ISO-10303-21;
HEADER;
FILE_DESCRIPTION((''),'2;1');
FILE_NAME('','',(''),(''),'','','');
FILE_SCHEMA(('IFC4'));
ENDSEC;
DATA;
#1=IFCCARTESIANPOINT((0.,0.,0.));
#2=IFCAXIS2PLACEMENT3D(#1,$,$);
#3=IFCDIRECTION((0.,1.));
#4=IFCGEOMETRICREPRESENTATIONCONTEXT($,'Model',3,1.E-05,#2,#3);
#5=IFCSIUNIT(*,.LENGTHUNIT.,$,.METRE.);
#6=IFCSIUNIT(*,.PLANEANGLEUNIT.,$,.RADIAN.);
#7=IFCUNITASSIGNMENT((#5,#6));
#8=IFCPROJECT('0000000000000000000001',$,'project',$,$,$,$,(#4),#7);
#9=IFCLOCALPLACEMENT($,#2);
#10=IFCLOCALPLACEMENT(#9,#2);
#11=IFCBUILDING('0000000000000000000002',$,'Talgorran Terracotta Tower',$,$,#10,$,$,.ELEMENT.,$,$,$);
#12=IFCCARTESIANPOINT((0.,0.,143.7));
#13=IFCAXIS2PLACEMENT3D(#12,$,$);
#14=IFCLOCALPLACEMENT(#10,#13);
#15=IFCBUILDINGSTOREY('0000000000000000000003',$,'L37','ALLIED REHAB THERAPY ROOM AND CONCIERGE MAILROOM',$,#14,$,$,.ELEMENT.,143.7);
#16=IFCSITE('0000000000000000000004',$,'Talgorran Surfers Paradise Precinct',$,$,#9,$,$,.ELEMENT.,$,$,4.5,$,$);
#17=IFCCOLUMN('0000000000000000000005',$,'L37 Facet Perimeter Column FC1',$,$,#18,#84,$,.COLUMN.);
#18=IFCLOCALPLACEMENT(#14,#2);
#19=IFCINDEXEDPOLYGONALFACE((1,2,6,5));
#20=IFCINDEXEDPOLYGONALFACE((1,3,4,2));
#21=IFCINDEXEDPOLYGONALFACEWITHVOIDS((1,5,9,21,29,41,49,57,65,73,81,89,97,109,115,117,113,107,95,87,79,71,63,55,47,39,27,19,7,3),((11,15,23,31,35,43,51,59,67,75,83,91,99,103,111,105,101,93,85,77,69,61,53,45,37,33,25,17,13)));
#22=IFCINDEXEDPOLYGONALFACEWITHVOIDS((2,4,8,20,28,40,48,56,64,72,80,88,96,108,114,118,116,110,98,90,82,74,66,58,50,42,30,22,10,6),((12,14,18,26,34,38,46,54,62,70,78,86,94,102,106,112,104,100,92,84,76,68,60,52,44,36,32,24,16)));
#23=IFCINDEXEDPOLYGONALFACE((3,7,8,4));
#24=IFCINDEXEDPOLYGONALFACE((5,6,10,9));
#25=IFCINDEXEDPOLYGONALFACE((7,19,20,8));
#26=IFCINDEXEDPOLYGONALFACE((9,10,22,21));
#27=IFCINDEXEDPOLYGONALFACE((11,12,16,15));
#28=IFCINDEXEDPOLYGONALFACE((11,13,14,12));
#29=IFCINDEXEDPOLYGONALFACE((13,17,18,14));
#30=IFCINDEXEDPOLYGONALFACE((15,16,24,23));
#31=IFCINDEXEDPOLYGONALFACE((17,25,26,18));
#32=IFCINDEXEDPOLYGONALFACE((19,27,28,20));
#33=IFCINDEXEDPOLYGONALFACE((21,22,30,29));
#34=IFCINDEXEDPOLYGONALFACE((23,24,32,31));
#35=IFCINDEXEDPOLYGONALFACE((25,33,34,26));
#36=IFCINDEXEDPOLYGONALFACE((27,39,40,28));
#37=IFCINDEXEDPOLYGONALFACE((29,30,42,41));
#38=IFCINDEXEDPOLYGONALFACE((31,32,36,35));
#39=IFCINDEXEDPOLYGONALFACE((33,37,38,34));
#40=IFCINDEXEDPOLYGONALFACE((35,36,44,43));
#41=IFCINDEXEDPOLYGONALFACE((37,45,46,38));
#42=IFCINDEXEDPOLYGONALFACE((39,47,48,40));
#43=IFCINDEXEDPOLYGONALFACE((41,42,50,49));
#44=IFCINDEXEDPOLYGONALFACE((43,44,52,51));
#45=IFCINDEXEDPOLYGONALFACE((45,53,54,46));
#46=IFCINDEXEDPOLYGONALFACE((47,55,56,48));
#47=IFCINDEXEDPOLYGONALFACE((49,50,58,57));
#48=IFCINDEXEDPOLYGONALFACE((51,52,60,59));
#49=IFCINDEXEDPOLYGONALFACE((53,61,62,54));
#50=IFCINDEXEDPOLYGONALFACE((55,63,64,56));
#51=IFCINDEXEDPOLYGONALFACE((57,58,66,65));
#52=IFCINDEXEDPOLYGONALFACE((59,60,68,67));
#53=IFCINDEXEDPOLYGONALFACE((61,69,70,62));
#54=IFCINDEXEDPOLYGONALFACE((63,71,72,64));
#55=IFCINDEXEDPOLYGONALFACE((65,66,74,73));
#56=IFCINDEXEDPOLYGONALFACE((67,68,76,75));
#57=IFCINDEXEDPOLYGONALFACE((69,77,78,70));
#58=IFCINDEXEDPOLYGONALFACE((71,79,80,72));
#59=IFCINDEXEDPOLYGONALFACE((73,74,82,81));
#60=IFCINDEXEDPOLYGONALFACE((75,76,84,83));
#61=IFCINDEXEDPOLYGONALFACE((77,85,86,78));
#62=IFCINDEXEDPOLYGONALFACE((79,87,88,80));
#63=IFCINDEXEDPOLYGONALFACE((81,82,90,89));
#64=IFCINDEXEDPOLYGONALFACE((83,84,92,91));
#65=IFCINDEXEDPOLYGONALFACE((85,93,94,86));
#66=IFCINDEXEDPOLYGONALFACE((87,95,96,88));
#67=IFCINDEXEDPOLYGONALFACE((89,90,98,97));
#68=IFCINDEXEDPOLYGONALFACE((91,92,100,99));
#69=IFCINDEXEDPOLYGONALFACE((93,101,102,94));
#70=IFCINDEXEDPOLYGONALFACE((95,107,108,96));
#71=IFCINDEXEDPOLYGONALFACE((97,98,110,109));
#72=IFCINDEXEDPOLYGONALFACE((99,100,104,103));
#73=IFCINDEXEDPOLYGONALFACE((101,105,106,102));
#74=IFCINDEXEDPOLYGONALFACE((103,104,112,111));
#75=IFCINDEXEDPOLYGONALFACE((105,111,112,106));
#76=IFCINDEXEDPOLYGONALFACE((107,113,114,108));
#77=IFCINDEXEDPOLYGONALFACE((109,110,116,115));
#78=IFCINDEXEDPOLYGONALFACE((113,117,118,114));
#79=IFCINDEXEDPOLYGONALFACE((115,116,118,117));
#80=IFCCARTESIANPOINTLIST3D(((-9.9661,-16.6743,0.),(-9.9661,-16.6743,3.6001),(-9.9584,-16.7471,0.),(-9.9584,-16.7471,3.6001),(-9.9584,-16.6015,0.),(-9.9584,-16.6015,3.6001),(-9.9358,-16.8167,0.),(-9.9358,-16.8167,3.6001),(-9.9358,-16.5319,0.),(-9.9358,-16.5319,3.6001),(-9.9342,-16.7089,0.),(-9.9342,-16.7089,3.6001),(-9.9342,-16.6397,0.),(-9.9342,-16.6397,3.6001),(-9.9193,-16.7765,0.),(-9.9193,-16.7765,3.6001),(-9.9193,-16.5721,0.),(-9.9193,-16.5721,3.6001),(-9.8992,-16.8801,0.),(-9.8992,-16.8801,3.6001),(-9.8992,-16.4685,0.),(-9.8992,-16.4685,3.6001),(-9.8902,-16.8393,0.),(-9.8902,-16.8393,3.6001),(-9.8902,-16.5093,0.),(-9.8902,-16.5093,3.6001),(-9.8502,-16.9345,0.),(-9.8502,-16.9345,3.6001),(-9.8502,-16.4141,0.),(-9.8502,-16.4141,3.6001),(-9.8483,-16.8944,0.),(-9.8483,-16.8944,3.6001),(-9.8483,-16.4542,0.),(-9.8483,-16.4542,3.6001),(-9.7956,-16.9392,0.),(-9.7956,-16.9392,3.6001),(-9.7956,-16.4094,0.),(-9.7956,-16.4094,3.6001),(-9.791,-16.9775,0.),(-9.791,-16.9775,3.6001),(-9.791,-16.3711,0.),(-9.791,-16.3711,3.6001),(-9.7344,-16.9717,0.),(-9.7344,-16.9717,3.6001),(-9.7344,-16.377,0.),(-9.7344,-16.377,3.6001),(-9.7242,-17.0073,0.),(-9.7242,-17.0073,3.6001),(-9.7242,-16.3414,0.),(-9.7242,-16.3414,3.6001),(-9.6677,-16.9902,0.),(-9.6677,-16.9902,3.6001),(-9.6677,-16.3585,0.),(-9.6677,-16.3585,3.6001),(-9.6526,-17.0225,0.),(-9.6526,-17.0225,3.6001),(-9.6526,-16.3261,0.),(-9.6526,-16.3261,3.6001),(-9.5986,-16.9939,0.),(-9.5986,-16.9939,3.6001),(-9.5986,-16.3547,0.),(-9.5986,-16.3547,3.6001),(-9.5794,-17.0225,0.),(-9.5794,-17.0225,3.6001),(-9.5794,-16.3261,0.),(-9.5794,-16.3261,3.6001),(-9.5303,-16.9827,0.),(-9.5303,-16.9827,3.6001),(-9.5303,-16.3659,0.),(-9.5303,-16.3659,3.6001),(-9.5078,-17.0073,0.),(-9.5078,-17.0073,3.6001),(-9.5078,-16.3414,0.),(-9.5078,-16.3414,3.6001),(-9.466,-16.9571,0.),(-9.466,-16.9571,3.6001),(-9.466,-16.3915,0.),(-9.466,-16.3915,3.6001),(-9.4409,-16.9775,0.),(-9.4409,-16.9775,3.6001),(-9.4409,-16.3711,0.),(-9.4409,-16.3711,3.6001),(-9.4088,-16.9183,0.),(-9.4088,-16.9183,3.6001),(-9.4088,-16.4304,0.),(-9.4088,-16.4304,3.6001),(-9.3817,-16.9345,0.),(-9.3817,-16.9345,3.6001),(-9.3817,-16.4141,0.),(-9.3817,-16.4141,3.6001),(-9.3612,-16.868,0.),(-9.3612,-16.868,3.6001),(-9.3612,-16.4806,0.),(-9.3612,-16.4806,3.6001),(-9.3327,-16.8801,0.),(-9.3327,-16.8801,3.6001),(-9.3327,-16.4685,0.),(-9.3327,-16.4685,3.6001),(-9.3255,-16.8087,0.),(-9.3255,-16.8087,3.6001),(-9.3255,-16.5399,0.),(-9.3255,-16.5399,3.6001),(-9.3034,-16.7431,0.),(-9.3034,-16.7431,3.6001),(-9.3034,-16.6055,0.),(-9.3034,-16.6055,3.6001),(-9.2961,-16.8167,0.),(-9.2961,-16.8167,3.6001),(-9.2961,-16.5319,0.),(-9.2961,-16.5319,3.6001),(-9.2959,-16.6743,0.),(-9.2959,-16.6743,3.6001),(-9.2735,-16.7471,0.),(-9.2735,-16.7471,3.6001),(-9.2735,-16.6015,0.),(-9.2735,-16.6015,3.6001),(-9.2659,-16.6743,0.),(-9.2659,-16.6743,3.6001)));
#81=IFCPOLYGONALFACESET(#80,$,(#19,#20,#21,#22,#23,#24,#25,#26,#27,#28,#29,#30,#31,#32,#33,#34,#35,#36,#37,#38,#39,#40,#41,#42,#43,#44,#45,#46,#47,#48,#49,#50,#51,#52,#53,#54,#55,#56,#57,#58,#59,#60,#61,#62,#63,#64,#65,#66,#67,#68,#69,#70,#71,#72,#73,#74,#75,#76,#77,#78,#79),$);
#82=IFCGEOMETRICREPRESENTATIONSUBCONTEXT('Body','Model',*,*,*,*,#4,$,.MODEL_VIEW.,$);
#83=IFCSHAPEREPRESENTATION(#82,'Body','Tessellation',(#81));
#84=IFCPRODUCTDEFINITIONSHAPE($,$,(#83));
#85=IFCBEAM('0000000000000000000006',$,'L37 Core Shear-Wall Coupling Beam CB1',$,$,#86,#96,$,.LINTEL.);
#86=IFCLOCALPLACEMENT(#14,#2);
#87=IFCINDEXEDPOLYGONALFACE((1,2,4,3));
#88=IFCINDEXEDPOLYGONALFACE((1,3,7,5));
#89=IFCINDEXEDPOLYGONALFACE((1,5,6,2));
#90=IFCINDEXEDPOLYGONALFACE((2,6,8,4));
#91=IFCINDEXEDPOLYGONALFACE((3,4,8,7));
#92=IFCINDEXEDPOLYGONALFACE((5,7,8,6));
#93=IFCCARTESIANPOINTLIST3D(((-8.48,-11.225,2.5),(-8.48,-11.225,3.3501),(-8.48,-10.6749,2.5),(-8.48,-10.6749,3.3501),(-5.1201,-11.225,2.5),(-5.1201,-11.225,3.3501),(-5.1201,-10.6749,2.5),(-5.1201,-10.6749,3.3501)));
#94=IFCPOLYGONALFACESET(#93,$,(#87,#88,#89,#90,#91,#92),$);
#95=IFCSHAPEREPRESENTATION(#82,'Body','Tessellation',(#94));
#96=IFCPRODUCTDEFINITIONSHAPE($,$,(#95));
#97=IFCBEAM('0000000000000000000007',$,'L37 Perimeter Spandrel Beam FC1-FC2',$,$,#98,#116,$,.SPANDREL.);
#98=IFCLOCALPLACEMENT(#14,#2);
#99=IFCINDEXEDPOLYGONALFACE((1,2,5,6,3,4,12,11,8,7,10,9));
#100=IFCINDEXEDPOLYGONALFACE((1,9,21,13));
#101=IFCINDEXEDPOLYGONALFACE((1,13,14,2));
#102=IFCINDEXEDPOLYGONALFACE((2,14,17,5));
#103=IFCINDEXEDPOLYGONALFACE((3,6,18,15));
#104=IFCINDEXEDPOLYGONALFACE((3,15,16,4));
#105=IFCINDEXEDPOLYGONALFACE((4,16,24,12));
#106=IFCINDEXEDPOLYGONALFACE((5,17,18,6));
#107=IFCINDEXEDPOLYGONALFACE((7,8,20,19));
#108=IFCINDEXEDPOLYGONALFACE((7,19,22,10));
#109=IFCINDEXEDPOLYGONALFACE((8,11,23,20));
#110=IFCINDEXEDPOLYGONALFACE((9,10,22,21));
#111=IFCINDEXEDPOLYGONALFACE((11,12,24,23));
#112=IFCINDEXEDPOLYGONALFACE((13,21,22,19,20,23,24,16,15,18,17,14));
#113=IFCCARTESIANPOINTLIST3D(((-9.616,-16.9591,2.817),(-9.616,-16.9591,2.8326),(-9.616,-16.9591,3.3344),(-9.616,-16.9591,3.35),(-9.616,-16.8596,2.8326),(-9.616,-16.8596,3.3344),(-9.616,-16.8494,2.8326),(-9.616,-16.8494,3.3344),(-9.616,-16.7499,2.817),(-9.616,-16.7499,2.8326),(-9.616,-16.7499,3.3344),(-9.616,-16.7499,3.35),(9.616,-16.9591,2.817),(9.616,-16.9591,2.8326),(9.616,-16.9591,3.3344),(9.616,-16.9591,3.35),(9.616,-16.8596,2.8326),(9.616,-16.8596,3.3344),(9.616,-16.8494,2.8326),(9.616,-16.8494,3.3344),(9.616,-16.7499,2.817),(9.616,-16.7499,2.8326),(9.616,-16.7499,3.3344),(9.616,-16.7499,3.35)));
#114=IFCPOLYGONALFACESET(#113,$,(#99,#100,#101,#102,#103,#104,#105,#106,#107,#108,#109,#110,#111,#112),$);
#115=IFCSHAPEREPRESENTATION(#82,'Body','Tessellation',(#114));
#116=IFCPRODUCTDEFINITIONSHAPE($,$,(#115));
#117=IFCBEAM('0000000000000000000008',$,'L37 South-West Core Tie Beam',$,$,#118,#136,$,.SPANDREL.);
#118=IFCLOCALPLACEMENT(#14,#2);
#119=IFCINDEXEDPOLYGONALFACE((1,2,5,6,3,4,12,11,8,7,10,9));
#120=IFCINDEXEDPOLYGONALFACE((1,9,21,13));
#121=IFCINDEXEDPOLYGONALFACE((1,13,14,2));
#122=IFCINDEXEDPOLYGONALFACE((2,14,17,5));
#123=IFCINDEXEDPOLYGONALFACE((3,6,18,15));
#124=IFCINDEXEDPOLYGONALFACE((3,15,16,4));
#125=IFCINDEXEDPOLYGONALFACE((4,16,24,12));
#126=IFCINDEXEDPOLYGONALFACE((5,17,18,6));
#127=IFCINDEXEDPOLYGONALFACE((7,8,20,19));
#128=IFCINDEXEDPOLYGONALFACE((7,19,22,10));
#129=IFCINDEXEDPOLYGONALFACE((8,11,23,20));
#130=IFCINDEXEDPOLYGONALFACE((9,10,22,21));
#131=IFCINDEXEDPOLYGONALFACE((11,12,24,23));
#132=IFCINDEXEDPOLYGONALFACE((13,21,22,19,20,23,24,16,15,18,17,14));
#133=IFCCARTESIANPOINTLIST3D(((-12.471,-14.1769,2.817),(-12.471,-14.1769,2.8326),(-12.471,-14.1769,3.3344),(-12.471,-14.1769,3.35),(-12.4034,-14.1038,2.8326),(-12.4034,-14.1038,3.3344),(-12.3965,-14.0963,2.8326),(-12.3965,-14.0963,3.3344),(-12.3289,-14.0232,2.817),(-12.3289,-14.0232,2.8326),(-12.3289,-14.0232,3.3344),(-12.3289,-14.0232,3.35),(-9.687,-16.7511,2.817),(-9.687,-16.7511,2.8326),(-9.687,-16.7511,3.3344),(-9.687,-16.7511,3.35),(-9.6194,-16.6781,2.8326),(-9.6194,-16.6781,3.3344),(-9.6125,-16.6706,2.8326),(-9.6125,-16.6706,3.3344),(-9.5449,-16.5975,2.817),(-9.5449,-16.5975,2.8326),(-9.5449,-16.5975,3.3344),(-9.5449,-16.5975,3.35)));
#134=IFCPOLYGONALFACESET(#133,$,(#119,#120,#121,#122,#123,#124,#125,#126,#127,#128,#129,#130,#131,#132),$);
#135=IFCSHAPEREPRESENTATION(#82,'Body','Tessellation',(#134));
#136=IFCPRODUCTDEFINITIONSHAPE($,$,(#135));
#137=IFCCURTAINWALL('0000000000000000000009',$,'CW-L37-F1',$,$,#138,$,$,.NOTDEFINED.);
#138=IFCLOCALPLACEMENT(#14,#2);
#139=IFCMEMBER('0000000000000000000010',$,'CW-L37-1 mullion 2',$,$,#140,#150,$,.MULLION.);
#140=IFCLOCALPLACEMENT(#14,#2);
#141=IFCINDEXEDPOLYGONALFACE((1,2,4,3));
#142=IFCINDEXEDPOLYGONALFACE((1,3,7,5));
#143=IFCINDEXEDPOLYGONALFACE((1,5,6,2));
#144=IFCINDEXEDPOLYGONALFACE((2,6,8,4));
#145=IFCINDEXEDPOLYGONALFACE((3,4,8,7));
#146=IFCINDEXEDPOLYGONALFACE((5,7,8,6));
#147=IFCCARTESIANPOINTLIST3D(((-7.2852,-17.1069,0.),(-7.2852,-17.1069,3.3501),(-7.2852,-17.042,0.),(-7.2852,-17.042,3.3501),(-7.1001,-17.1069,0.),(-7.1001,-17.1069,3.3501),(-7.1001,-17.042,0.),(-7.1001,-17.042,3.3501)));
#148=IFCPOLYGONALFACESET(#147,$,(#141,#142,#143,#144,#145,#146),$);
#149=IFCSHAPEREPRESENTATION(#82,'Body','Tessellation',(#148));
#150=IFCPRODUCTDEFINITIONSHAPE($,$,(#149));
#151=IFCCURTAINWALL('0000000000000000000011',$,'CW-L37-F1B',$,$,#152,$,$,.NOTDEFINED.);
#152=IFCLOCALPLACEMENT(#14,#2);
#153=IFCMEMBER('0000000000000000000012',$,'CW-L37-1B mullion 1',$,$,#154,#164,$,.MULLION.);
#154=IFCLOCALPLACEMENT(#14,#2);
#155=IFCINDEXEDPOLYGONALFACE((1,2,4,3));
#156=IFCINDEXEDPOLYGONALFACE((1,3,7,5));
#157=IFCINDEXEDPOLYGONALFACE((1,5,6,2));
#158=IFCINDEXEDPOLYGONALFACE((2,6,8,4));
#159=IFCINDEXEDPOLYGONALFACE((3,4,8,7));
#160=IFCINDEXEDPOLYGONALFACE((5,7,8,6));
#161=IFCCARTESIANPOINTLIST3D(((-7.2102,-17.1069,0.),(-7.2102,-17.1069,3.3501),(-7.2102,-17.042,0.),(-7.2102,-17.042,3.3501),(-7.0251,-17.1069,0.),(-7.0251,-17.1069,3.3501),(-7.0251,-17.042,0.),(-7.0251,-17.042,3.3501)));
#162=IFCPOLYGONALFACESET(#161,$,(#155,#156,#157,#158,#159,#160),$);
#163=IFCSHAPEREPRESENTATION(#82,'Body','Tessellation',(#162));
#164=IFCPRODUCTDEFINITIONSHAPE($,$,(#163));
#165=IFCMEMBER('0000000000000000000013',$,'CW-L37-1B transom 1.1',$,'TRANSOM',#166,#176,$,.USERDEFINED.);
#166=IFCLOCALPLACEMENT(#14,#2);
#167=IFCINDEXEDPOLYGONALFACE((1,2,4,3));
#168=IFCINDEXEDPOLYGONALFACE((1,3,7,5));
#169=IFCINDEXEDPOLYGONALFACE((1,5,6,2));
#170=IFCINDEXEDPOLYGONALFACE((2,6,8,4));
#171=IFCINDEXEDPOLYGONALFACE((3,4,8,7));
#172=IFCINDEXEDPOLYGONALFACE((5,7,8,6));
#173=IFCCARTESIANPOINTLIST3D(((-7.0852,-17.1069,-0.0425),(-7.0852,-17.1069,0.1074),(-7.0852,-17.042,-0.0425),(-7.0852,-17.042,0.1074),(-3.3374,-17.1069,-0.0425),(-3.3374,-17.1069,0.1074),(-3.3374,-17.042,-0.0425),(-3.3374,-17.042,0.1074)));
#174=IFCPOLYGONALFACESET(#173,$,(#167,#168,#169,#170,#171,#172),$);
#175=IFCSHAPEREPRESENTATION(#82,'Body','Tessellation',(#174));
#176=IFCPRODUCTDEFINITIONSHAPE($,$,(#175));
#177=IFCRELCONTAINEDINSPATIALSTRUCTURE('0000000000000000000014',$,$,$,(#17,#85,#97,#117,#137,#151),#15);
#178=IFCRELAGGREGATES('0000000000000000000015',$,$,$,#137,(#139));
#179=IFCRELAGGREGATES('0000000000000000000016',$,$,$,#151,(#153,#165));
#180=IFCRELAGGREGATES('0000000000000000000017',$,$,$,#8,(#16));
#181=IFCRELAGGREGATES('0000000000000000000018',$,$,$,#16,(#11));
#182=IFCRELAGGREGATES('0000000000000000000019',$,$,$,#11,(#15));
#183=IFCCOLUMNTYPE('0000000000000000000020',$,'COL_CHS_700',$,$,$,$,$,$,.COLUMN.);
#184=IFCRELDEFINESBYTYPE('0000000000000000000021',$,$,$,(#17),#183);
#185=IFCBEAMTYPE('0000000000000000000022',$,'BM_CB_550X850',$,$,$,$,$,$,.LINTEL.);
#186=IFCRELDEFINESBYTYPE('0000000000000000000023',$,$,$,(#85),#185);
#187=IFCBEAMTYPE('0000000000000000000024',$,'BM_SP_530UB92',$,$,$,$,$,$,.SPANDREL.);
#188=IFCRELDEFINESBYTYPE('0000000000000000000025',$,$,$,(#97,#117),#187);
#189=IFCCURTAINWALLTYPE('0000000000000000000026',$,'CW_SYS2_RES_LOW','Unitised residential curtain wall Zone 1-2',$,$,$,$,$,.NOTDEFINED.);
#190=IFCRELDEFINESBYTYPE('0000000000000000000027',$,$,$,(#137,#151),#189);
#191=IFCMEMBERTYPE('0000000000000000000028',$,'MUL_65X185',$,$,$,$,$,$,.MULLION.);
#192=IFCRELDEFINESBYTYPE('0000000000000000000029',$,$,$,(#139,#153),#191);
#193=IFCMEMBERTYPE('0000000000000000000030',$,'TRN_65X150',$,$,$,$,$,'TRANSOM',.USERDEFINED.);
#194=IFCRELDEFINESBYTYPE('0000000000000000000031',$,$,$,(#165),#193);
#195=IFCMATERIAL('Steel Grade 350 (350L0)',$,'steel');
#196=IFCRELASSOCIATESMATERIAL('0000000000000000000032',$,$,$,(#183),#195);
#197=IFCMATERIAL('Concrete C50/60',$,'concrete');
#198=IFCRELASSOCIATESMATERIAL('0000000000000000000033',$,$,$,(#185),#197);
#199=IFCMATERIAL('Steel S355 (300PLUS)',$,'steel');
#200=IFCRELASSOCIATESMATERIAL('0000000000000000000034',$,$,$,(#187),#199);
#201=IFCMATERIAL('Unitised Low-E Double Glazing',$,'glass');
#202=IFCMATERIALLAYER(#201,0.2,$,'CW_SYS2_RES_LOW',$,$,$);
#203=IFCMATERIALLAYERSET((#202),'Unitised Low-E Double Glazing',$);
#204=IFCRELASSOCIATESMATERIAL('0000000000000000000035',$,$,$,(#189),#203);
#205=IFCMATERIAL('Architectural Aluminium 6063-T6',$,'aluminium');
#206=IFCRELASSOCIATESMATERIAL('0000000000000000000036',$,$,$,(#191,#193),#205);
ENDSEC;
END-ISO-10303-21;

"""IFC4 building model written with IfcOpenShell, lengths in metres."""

from ifc_helpers import new_model, si_unit, direction, frame, origin, origin_2d, place, context, subcontext, project, spatial, rectangle, hollow_circle, i_section, extrude, material, layer, layer_set, material_profile, profile_set, type_object, element, aggregate, save


model = new_model("IFC4")

# Units and contexts
model_context = context("Model", 3, precision=1e-05, world=origin(), true_north=direction((0.0, 1.0)))
body_context = subcontext(model_context, "Body", "Model", "MODEL_VIEW")
ifc_project = project(units=[si_unit("LENGTHUNIT", "METRE"), si_unit("PLANEANGLEUNIT", "RADIAN")], contexts=[model_context])

# Site, building, storey
site_placement = place(None, origin())
site = spatial("IfcSite", under=ifc_project, at=site_placement, Name="Talgorran Surfers Paradise Precinct", CompositionType="ELEMENT", RefElevation=4.5)
building_placement = place(site_placement, origin())
building = spatial("IfcBuilding", under=site, at=building_placement, Name="Talgorran Terracotta Tower", CompositionType="ELEMENT")
storey_placement = place(building_placement, frame((0.0, 0.0, 143.7)))
storey = spatial("IfcBuildingStorey", under=building, at=storey_placement, Name="L37", Description="ALLIED REHAB THERAPY ROOM AND CONCIERGE MAILROOM", CompositionType="ELEMENT", Elevation=143.7)

# Column
ifc_material_1 = material(Name="Steel Grade 350 (350L0)", Category="steel")
ifc_material_profile_1 = material_profile(ifc_material_1, hollow_circle(Radius=0.3501, WallThickness=0.03, at=origin_2d()), Name="CHS700X30")
ifc_profile_set_1 = profile_set([ifc_material_profile_1], Name="Steel Grade 350 (350L0)")
column_type = type_object("IfcColumnType", Name="COL_CHS_700", PredefinedType="COLUMN", material=ifc_profile_set_1)
column_placement = place(storey_placement, frame((-9.616, -16.6743, 0.0), z_axis=(0.0, 0.0, 1.0), x_axis=(1.0, 0.0, 0.0)))
element("IfcColumn", 1, at=column_placement, inside=storey, type_object=column_type, Name="L37 Facet Perimeter Column FC1", PredefinedType="COLUMN", context=body_context, shape_type="SweptSolid", body=[
    extrude(hollow_circle(Radius=0.3501, WallThickness=0.03, at=origin_2d()), origin(), (0.0, 0.0, 1.0), 3.6001),
])

# Beams
ifc_material_2 = material(Name="Concrete C50/60", Category="concrete")
ifc_material_profile_2 = material_profile(ifc_material_2, rectangle(XDim=0.55, YDim=0.8501, at=origin_2d()), Name="RCCB550X850")
ifc_profile_set_2 = profile_set([ifc_material_profile_2], Name="Concrete C50/60")
beam_type_1 = type_object("IfcBeamType", Name="BM_CB_550X850", PredefinedType="LINTEL", material=ifc_profile_set_2)
beam_1_placement = place(storey_placement, frame((-8.48, -10.95, 2.925), z_axis=(1.0, 0.0, 0.0), x_axis=(0.0, 1.0, 0.0)))
element("IfcBeam", 2, at=beam_1_placement, inside=storey, type_object=beam_type_1, Name="L37 Core Shear-Wall Coupling Beam CB1", PredefinedType="LINTEL", context=body_context, shape_type="SweptSolid", body=[
    extrude(rectangle(XDim=0.55, YDim=0.8501, at=origin_2d()), origin(), (0.0, 0.0, 1.0), 3.3599),
])
ifc_material_3 = material(Name="Steel S355 (300PLUS)", Category="steel")
ifc_material_profile_3 = material_profile(ifc_material_3, i_section(OverallWidth=0.2092, OverallDepth=0.533, WebThickness=0.0103, FlangeThickness=0.0156, at=origin_2d()), Name="530UB92.4")
ifc_profile_set_3 = profile_set([ifc_material_profile_3], Name="Steel S355 (300PLUS)")
beam_type_2 = type_object("IfcBeamType", Name="BM_SP_530UB92", PredefinedType="SPANDREL", material=ifc_profile_set_3)
beam_2_placement = place(storey_placement, frame((-9.616, -16.8545, 3.0835), z_axis=(1.0, 0.0, 0.0), x_axis=(0.0, 1.0, 0.0)))
element("IfcBeam", 3, at=beam_2_placement, inside=storey, type_object=beam_type_2, Name="L37 Perimeter Spandrel Beam FC1-FC2", PredefinedType="SPANDREL", context=body_context, shape_type="SweptSolid", body=[
    extrude(i_section(OverallWidth=0.2092, OverallDepth=0.533, WebThickness=0.0103, FlangeThickness=0.0156, at=origin_2d()), origin(), (0.0, 0.0, 1.0), 19.2319),
])
beam_3_placement = place(storey_placement, frame((-9.616, -16.6743, 3.0835), z_axis=(-0.734221, 0.678911, 0.0), x_axis=(-0.678911, -0.734221, 0.0)))
element("IfcBeam", 4, at=beam_3_placement, inside=storey, type_object=beam_type_2, Name="L37 South-West Core Tie Beam", PredefinedType="SPANDREL", context=body_context, shape_type="SweptSolid", body=[
    extrude(i_section(OverallWidth=0.2092, OverallDepth=0.533, WebThickness=0.0103, FlangeThickness=0.0156, at=origin_2d()), origin(), (0.0, 0.0, 1.0), 3.7917),
])

# Curtain wall, member
ifc_material_4 = material(Name="Unitised Low-E Double Glazing", Category="glass")
ifc_layer_1 = layer(ifc_material_4, 0.2, Name="CW_SYS2_RES_LOW")
ifc_layer_set_1 = layer_set([ifc_layer_1], Name="Unitised Low-E Double Glazing")
curtain_wall_type = type_object("IfcCurtainWallType", Name="CW_SYS2_RES_LOW", Description="Unitised residential curtain wall Zone 1-2", PredefinedType="NOTDEFINED", material=ifc_layer_set_1)
curtain_wall_1_placement = place(storey_placement, origin())
curtain_wall_1 = element("IfcCurtainWall", 5, at=curtain_wall_1_placement, inside=storey, type_object=curtain_wall_type, Name="CW-L37-F1", PredefinedType="NOTDEFINED")
ifc_material_5 = material(Name="Architectural Aluminium 6063-T6", Category="aluminium")
ifc_material_profile_4 = material_profile(ifc_material_5, rectangle(XDim=0.0649, YDim=0.1851, at=origin_2d()), Name="CWM65X185")
ifc_profile_set_4 = profile_set([ifc_material_profile_4], Name="Architectural Aluminium 6063-T6")
member_type_1 = type_object("IfcMemberType", Name="MUL_65X185", PredefinedType="MULLION", material=ifc_profile_set_4)
member_1_placement = place(storey_placement, frame((-7.1926, -17.0745, 0.0), z_axis=(0.0, 0.0, 1.0), x_axis=(0.0, 1.0, 0.0)))
member_1 = element("IfcMember", 6, at=member_1_placement, type_object=member_type_1, Name="CW-L37-1 mullion 2", PredefinedType="MULLION", context=body_context, shape_type="SweptSolid", body=[
    extrude(rectangle(XDim=0.0649, YDim=0.1851, at=origin_2d()), origin(), (0.0, 0.0, 1.0), 3.3501),
])
aggregate(curtain_wall_1, [member_1])

# Curtain wall, members
curtain_wall_2_placement = place(storey_placement, origin())
curtain_wall_2 = element("IfcCurtainWall", 7, at=curtain_wall_2_placement, inside=storey, type_object=curtain_wall_type, Name="CW-L37-F1B", PredefinedType="NOTDEFINED")
member_2_placement = place(storey_placement, frame((-7.1177, -17.0745, 0.0), z_axis=(0.0, 0.0, 1.0), x_axis=(0.0, 1.0, 0.0)))
member_2 = element("IfcMember", 8, at=member_2_placement, type_object=member_type_1, Name="CW-L37-1B mullion 1", PredefinedType="MULLION", context=body_context, shape_type="SweptSolid", body=[
    extrude(rectangle(XDim=0.0649, YDim=0.1851, at=origin_2d()), origin(), (0.0, 0.0, 1.0), 3.3501),
])
ifc_material_profile_5 = material_profile(ifc_material_5, rectangle(XDim=0.0649, YDim=0.1499, at=origin_2d()), Name="CWT65X150")
ifc_profile_set_5 = profile_set([ifc_material_profile_5], Name="Architectural Aluminium 6063-T6")
member_type_2 = type_object("IfcMemberType", Name="TRN_65X150", ElementType="TRANSOM", PredefinedType="USERDEFINED", material=ifc_profile_set_5)
member_3_placement = place(storey_placement, frame((-7.0852, -17.0745, 0.0325), z_axis=(1.0, 0.0, 0.0), x_axis=(0.0, 1.0, 0.0)))
member_3 = element("IfcMember", 9, at=member_3_placement, type_object=member_type_2, Name="CW-L37-1B transom 1.1", ObjectType="TRANSOM", PredefinedType="USERDEFINED", context=body_context, shape_type="SweptSolid", body=[
    extrude(rectangle(XDim=0.0649, YDim=0.1499, at=origin_2d()), origin(), (0.0, 0.0, 1.0), 3.7478),
])
aggregate(curtain_wall_2, [member_2, member_3])

save(model, "model.ifc")
